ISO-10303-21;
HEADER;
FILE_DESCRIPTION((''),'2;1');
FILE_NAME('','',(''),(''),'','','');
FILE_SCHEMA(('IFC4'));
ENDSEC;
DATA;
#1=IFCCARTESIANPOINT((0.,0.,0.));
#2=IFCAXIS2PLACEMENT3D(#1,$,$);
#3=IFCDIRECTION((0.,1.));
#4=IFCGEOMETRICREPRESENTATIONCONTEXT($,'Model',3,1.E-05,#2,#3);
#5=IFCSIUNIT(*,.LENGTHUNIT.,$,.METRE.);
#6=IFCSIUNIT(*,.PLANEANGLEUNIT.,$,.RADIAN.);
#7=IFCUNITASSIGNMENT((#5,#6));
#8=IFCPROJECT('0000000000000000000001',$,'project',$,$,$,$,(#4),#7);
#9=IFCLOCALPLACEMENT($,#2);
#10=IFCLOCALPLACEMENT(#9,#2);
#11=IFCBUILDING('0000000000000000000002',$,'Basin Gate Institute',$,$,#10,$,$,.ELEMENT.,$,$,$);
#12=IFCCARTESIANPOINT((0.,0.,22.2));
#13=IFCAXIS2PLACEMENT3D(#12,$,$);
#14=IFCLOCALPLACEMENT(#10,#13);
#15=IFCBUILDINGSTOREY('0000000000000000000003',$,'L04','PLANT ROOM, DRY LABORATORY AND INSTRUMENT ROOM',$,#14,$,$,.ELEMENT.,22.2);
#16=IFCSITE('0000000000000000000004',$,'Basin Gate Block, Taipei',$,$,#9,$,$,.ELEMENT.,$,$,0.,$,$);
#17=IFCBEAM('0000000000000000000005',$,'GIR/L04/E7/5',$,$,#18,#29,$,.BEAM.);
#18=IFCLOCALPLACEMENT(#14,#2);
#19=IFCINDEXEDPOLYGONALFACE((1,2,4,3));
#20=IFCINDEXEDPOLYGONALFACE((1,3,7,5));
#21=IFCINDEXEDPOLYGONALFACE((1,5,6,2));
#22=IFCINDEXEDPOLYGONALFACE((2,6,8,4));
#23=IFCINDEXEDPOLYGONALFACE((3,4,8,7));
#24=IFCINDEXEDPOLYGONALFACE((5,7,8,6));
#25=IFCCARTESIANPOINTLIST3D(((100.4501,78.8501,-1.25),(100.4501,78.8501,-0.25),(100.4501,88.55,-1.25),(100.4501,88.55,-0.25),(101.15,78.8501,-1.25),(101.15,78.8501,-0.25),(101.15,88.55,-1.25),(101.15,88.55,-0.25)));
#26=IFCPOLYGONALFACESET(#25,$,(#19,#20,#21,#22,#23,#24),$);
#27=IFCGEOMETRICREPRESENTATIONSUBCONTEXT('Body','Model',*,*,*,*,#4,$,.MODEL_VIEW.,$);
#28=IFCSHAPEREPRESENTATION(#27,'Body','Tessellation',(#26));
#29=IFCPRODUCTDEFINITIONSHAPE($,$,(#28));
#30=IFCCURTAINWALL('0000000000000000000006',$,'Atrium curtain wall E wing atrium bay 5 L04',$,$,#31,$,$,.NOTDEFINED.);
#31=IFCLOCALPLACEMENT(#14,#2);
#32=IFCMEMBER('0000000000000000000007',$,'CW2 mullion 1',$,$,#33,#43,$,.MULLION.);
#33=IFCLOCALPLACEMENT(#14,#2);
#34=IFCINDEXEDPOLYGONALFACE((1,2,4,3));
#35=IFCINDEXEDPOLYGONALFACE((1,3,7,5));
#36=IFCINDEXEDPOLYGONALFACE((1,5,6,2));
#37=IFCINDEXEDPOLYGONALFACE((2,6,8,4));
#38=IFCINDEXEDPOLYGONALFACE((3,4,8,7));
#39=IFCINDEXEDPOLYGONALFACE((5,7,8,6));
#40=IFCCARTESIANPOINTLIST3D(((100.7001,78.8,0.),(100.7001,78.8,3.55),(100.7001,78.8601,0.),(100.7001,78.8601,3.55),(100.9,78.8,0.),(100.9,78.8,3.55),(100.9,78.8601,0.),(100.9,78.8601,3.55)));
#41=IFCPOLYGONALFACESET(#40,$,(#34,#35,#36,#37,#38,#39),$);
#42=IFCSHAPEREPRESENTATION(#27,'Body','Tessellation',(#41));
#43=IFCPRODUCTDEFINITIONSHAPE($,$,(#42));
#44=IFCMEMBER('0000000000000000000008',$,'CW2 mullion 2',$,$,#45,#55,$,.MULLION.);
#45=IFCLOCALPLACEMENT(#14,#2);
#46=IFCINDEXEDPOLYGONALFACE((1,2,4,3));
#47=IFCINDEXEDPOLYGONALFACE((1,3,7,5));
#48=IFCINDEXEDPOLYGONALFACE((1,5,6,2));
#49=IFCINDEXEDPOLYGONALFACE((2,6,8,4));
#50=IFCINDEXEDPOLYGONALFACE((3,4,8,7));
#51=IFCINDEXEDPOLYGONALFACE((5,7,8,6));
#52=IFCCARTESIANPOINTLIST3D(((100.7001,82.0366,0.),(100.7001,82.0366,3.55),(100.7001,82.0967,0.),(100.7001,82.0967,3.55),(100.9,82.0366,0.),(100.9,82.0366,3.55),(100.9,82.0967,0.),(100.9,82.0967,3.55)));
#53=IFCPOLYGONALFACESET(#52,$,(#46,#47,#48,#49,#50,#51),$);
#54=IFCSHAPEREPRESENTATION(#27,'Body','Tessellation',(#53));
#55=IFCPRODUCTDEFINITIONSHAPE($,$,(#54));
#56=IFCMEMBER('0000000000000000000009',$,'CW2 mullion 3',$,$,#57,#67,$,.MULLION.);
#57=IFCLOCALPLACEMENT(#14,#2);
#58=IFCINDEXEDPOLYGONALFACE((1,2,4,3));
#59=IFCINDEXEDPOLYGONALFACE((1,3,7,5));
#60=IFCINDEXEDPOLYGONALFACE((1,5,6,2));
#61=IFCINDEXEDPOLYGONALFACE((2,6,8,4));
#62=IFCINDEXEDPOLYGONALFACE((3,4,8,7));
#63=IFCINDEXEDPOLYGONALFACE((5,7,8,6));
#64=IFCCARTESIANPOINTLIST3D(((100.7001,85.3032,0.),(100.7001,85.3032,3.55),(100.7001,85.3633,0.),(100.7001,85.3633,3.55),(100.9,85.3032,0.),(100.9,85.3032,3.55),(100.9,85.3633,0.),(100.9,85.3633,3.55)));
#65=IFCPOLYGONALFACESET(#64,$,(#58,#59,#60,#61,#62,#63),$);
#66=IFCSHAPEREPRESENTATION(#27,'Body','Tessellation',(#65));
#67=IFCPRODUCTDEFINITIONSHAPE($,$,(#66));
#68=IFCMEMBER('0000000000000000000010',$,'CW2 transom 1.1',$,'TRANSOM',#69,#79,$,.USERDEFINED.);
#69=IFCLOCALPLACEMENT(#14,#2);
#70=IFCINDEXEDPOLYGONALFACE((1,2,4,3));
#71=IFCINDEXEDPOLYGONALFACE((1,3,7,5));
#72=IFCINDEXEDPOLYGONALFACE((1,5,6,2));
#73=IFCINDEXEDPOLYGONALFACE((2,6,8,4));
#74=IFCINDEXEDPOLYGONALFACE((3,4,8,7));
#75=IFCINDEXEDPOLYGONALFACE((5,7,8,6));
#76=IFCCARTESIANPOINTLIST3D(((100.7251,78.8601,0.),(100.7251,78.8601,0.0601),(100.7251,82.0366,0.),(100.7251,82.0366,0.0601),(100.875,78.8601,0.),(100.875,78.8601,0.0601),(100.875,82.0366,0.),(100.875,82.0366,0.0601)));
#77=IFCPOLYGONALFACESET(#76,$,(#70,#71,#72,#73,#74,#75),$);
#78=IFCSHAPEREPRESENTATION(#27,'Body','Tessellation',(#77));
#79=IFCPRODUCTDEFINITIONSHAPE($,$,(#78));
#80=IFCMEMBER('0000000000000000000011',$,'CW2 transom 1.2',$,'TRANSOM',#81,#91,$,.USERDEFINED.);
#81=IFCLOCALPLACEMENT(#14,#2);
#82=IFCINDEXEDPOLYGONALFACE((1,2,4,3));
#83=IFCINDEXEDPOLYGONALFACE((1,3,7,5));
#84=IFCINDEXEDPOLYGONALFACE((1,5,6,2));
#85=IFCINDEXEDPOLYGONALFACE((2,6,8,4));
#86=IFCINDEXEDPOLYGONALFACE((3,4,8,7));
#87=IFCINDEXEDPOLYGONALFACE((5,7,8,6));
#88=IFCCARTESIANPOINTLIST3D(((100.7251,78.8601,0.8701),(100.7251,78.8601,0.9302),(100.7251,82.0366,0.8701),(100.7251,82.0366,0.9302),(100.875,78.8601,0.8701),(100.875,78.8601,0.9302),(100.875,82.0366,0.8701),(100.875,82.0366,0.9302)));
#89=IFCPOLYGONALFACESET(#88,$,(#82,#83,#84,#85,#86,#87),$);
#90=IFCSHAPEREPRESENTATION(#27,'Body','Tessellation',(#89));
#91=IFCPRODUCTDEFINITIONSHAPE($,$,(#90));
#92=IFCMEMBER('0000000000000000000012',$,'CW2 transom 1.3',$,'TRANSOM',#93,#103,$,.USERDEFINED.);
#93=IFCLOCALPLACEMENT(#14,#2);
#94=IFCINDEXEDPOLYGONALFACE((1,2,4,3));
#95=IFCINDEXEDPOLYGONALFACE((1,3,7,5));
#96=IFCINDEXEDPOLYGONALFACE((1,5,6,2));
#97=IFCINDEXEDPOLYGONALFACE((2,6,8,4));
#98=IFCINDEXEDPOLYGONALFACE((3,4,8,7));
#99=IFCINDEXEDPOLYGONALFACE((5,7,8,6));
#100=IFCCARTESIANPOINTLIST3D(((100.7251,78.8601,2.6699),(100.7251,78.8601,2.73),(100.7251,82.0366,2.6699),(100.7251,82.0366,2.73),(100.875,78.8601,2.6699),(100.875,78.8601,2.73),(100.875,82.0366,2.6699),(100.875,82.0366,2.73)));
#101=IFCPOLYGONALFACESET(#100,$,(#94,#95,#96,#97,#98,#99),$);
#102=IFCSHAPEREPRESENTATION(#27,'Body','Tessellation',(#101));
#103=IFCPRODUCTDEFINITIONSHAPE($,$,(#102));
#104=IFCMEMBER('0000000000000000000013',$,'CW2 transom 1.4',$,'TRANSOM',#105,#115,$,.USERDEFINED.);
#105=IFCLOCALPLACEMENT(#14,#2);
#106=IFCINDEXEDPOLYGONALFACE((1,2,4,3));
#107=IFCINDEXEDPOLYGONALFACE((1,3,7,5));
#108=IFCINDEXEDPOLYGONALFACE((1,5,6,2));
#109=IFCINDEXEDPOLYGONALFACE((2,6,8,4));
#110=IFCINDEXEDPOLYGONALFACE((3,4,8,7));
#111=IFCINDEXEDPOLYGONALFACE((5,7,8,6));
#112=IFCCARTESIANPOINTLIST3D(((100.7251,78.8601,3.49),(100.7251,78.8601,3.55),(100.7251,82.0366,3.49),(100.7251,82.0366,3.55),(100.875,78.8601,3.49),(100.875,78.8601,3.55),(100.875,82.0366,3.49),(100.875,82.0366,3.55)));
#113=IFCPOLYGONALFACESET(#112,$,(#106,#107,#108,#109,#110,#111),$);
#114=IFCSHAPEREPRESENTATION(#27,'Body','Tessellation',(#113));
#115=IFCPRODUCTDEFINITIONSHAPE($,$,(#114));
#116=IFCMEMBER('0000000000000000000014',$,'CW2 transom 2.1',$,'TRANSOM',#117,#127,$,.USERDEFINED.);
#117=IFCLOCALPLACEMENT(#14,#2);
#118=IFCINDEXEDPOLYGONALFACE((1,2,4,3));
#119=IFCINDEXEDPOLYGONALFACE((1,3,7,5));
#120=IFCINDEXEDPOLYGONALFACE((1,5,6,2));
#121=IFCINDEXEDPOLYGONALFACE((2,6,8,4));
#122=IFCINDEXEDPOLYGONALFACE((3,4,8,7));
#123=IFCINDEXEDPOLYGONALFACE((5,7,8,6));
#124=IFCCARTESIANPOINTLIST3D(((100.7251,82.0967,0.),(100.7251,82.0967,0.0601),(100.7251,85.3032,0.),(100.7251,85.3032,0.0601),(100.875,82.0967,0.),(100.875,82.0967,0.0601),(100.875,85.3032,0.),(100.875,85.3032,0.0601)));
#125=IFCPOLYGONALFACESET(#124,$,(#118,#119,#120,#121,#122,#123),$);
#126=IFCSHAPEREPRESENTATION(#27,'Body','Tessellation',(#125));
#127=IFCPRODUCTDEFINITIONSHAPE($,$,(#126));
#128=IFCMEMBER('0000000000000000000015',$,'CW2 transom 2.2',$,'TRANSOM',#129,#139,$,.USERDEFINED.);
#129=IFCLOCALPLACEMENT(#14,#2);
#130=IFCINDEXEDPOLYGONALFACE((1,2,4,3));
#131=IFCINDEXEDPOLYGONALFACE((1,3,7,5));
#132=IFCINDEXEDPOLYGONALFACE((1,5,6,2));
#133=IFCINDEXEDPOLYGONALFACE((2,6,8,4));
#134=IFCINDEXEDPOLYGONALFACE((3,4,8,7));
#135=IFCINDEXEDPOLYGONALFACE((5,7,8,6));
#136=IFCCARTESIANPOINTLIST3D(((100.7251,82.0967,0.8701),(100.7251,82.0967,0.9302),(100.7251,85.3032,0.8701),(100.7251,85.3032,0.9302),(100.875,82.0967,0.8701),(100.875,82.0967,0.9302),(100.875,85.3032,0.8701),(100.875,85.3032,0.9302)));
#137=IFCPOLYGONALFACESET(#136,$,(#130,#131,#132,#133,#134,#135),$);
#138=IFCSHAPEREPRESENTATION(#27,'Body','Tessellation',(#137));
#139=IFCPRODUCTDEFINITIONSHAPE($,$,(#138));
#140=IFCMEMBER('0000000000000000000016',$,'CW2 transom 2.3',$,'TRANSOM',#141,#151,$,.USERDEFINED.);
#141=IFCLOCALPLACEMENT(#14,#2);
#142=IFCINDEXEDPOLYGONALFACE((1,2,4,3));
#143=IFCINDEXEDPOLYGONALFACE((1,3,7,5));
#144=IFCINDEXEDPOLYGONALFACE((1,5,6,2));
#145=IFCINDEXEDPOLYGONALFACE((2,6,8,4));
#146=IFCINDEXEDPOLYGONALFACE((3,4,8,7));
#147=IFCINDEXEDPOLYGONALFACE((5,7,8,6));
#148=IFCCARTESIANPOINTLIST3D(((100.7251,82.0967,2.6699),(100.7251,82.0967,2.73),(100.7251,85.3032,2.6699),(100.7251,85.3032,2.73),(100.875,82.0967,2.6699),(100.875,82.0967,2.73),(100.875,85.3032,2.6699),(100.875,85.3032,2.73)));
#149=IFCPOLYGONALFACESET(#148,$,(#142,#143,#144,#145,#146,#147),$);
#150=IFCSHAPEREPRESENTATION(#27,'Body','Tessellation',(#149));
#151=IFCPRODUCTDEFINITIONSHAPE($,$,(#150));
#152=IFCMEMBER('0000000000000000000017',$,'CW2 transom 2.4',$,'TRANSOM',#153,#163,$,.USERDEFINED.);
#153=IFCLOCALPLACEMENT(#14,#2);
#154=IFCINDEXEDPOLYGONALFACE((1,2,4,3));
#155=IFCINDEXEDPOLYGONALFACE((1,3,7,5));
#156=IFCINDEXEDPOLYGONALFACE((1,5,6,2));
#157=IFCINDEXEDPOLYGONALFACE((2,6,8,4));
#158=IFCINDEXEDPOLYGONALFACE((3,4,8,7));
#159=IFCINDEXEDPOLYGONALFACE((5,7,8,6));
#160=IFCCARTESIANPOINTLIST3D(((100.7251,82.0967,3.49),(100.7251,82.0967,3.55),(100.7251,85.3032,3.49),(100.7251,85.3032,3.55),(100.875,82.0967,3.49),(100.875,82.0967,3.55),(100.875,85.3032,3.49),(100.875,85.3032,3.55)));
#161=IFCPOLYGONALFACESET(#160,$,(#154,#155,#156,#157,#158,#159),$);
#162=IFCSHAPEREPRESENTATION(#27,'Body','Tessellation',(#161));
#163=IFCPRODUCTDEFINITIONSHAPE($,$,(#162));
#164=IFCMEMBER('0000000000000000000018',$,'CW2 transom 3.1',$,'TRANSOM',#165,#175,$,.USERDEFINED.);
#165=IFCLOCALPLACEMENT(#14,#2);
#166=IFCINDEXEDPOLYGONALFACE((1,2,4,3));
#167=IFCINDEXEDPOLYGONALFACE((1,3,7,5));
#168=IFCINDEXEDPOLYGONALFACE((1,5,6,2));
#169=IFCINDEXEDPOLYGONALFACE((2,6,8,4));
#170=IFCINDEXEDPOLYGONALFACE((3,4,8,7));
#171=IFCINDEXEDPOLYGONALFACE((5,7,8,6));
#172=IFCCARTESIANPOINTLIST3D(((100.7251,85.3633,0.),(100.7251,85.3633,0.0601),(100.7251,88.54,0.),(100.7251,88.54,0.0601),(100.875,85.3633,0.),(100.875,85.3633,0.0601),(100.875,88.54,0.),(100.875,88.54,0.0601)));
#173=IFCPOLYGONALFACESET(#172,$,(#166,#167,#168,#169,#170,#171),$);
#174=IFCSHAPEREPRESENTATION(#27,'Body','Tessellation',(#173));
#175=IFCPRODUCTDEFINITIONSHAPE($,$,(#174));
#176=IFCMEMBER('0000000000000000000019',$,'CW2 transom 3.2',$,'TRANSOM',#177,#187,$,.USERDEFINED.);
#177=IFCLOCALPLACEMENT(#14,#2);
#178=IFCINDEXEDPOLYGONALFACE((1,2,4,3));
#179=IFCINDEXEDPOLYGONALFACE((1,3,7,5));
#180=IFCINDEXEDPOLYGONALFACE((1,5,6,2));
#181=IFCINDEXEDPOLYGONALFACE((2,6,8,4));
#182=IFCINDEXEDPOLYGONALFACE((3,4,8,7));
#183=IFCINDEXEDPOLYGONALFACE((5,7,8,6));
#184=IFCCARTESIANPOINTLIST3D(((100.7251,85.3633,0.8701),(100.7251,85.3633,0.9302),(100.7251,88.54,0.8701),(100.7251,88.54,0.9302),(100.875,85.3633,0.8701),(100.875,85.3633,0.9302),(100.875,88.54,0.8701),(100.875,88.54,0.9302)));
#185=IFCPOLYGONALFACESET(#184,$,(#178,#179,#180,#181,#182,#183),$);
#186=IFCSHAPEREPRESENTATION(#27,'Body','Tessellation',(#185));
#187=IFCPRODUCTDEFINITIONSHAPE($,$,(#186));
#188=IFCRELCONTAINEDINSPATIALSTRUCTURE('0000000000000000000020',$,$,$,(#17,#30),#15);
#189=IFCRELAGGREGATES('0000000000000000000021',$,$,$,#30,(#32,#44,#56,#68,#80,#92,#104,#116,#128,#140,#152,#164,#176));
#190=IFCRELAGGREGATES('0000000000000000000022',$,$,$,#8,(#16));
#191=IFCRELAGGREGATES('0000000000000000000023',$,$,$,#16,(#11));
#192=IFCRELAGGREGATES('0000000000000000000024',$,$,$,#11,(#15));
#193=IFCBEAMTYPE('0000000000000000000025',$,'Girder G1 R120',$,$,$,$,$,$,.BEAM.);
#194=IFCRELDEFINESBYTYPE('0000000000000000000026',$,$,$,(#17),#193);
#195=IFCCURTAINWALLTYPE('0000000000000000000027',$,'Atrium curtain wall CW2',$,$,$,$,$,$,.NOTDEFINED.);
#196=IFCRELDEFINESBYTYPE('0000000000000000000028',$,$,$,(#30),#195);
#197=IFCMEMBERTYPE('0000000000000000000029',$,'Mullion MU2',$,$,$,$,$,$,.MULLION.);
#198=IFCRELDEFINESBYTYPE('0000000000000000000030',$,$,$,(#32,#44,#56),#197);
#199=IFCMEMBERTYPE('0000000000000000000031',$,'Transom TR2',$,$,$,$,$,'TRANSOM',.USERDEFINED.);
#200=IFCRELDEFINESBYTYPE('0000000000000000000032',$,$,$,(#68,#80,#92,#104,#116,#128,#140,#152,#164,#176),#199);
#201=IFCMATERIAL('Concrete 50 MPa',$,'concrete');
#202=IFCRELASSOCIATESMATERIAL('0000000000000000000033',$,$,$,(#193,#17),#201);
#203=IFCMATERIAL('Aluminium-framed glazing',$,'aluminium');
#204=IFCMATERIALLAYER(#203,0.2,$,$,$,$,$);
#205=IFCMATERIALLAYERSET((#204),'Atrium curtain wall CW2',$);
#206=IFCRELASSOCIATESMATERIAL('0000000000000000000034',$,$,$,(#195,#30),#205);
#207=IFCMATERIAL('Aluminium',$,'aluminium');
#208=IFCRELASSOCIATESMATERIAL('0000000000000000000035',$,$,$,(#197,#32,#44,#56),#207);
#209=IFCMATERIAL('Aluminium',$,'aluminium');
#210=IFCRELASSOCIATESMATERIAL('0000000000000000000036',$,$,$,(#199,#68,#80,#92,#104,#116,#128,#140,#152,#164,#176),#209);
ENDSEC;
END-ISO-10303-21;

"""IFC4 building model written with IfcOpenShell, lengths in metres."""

from ifc_helpers import new_model, si_unit, direction, frame, origin, origin_2d, place, context, subcontext, project, spatial, rectangle, extrude, material, layer, layer_set, material_profile, profile_set, type_object, element, aggregate, save


model = new_model("IFC4")

# Units and contexts
model_context = context("Model", 3, precision=1e-05, world=origin(), true_north=direction((0.0, 1.0)))
body_context = subcontext(model_context, "Body", "Model", "MODEL_VIEW")
ifc_project = project(units=[si_unit("LENGTHUNIT", "METRE"), si_unit("PLANEANGLEUNIT", "RADIAN")], contexts=[model_context])

# Site, building, storey
site_placement = place(None, origin())
site = spatial("IfcSite", under=ifc_project, at=site_placement, Name="Basin Gate Block, Taipei", CompositionType="ELEMENT", RefElevation=0.0)
building_placement = place(site_placement, origin())
building = spatial("IfcBuilding", under=site, at=building_placement, Name="Basin Gate Institute", CompositionType="ELEMENT")
storey_placement = place(building_placement, frame((0.0, 0.0, 22.2)))
storey = spatial("IfcBuildingStorey", under=building, at=storey_placement, Name="L04", Description="PLANT ROOM, DRY LABORATORY AND INSTRUMENT ROOM", CompositionType="ELEMENT", Elevation=22.2)

# Beam
ifc_material_1 = material(Name="Concrete 50 MPa", Category="concrete")
ifc_material_profile_1 = material_profile(ifc_material_1, rectangle(XDim=0.7, YDim=1.0, at=origin_2d()), Name="Girder G1 700 x 1000")
ifc_profile_set_1 = profile_set([ifc_material_profile_1], Name="Concrete 50 MPa")
beam_type = type_object("IfcBeamType", Name="Girder G1 R120", PredefinedType="BEAM", material=ifc_profile_set_1)
beam_placement = place(storey_placement, frame((100.8, 78.8501, -0.75), z_axis=(0.0, 1.0, 0.0), x_axis=(-1.0, 0.0, 0.0)))
element("IfcBeam", 1, at=beam_placement, inside=storey, type_object=beam_type, material=ifc_profile_set_1, Name="GIR/L04/E7/5", PredefinedType="BEAM", context=body_context, shape_type="SweptSolid", body=[
    extrude(rectangle(XDim=0.7, YDim=1.0, at=origin_2d()), origin(), (0.0, 0.0, 1.0), 9.7),
])

# Curtain wall, members
ifc_material_2 = material(Name="Aluminium-framed glazing", Category="aluminium")
ifc_layer_1 = layer(ifc_material_2, 0.2)
ifc_layer_set_1 = layer_set([ifc_layer_1], Name="Atrium curtain wall CW2")
curtain_wall_type = type_object("IfcCurtainWallType", Name="Atrium curtain wall CW2", PredefinedType="NOTDEFINED", material=ifc_layer_set_1)
curtain_wall_placement = place(storey_placement, origin())
curtain_wall = element("IfcCurtainWall", 2, at=curtain_wall_placement, inside=storey, type_object=curtain_wall_type, material=ifc_layer_set_1, Name="Atrium curtain wall E wing atrium bay 5 L04", PredefinedType="NOTDEFINED")
ifc_material_3 = material(Name="Aluminium", Category="aluminium")
ifc_material_profile_2 = material_profile(ifc_material_3, rectangle(XDim=0.2, YDim=0.0601, at=origin_2d()), Name="Mullion MU2 200 x 60")
ifc_profile_set_2 = profile_set([ifc_material_profile_2], Name="Aluminium")
member_type_1 = type_object("IfcMemberType", Name="Mullion MU2", PredefinedType="MULLION", material=ifc_profile_set_2)
member_1_placement = place(storey_placement, frame((100.8, 78.8301, 0.0), z_axis=(0.0, 0.0, 1.0), x_axis=(-1.0, 0.0, 0.0)))
member_1 = element("IfcMember", 3, at=member_1_placement, type_object=member_type_1, material=ifc_profile_set_2, Name="CW2 mullion 1", PredefinedType="MULLION", context=body_context, shape_type="SweptSolid", body=[
    extrude(rectangle(XDim=0.2, YDim=0.0601, at=origin_2d()), origin(), (0.0, 0.0, 1.0), 3.55),
])
member_2_placement = place(storey_placement, frame((100.8, 82.0667, 0.0), z_axis=(0.0, 0.0, 1.0), x_axis=(-1.0, 0.0, 0.0)))
member_2 = element("IfcMember", 4, at=member_2_placement, type_object=member_type_1, material=ifc_profile_set_2, Name="CW2 mullion 2", PredefinedType="MULLION", context=body_context, shape_type="SweptSolid", body=[
    extrude(rectangle(XDim=0.2, YDim=0.0601, at=origin_2d()), origin(), (0.0, 0.0, 1.0), 3.55),
])
member_3_placement = place(storey_placement, frame((100.8, 85.3333, 0.0), z_axis=(0.0, 0.0, 1.0), x_axis=(-1.0, 0.0, 0.0)))
member_3 = element("IfcMember", 5, at=member_3_placement, type_object=member_type_1, material=ifc_profile_set_2, Name="CW2 mullion 3", PredefinedType="MULLION", context=body_context, shape_type="SweptSolid", body=[
    extrude(rectangle(XDim=0.2, YDim=0.0601, at=origin_2d()), origin(), (0.0, 0.0, 1.0), 3.55),
])
ifc_material_4 = material(Name="Aluminium", Category="aluminium")
ifc_material_profile_3 = material_profile(ifc_material_4, rectangle(XDim=0.1499, YDim=0.0601, at=origin_2d()), Name="Transom TR2 150 x 60")
ifc_profile_set_3 = profile_set([ifc_material_profile_3], Name="Aluminium")
member_type_2 = type_object("IfcMemberType", Name="Transom TR2", ElementType="TRANSOM", PredefinedType="USERDEFINED", material=ifc_profile_set_3)
member_4_placement = place(storey_placement, frame((100.8, 78.8601, 0.03), z_axis=(0.0, 1.0, 0.0), x_axis=(-1.0, 0.0, 0.0)))
member_4 = element("IfcMember", 6, at=member_4_placement, type_object=member_type_2, material=ifc_profile_set_3, Name="CW2 transom 1.1", ObjectType="TRANSOM", PredefinedType="USERDEFINED", context=body_context, shape_type="SweptSolid", body=[
    extrude(rectangle(XDim=0.1499, YDim=0.0601, at=origin_2d()), origin(), (0.0, 0.0, 1.0), 3.1765),
])
member_5_placement = place(storey_placement, frame((100.8, 78.8601, 0.9001), z_axis=(0.0, 1.0, 0.0), x_axis=(-1.0, 0.0, 0.0)))
member_5 = element("IfcMember", 7, at=member_5_placement, type_object=member_type_2, material=ifc_profile_set_3, Name="CW2 transom 1.2", ObjectType="TRANSOM", PredefinedType="USERDEFINED", context=body_context, shape_type="SweptSolid", body=[
    extrude(rectangle(XDim=0.1499, YDim=0.0601, at=origin_2d()), origin(), (0.0, 0.0, 1.0), 3.1765),
])
member_6_placement = place(storey_placement, frame((100.8, 78.8601, 2.7), z_axis=(0.0, 1.0, 0.0), x_axis=(-1.0, 0.0, 0.0)))
member_6 = element("IfcMember", 8, at=member_6_placement, type_object=member_type_2, material=ifc_profile_set_3, Name="CW2 transom 1.3", ObjectType="TRANSOM", PredefinedType="USERDEFINED", context=body_context, shape_type="SweptSolid", body=[
    extrude(rectangle(XDim=0.1499, YDim=0.0601, at=origin_2d()), origin(), (0.0, 0.0, 1.0), 3.1765),
])
member_7_placement = place(storey_placement, frame((100.8, 78.8601, 3.52), z_axis=(0.0, 1.0, 0.0), x_axis=(-1.0, 0.0, 0.0)))
member_7 = element("IfcMember", 9, at=member_7_placement, type_object=member_type_2, material=ifc_profile_set_3, Name="CW2 transom 1.4", ObjectType="TRANSOM", PredefinedType="USERDEFINED", context=body_context, shape_type="SweptSolid", body=[
    extrude(rectangle(XDim=0.1499, YDim=0.0601, at=origin_2d()), origin(), (0.0, 0.0, 1.0), 3.1765),
])
member_8_placement = place(storey_placement, frame((100.8, 82.0967, 0.03), z_axis=(0.0, 1.0, 0.0), x_axis=(-1.0, 0.0, 0.0)))
member_8 = element("IfcMember", 10, at=member_8_placement, type_object=member_type_2, material=ifc_profile_set_3, Name="CW2 transom 2.1", ObjectType="TRANSOM", PredefinedType="USERDEFINED", context=body_context, shape_type="SweptSolid", body=[
    extrude(rectangle(XDim=0.1499, YDim=0.0601, at=origin_2d()), origin(), (0.0, 0.0, 1.0), 3.2065),
])
member_9_placement = place(storey_placement, frame((100.8, 82.0967, 0.9001), z_axis=(0.0, 1.0, 0.0), x_axis=(-1.0, 0.0, 0.0)))
member_9 = element("IfcMember", 11, at=member_9_placement, type_object=member_type_2, material=ifc_profile_set_3, Name="CW2 transom 2.2", ObjectType="TRANSOM", PredefinedType="USERDEFINED", context=body_context, shape_type="SweptSolid", body=[
    extrude(rectangle(XDim=0.1499, YDim=0.0601, at=origin_2d()), origin(), (0.0, 0.0, 1.0), 3.2065),
])
member_10_placement = place(storey_placement, frame((100.8, 82.0967, 2.7), z_axis=(0.0, 1.0, 0.0), x_axis=(-1.0, 0.0, 0.0)))
member_10 = element("IfcMember", 12, at=member_10_placement, type_object=member_type_2, material=ifc_profile_set_3, Name="CW2 transom 2.3", ObjectType="TRANSOM", PredefinedType="USERDEFINED", context=body_context, shape_type="SweptSolid", body=[
    extrude(rectangle(XDim=0.1499, YDim=0.0601, at=origin_2d()), origin(), (0.0, 0.0, 1.0), 3.2065),
])
member_11_placement = place(storey_placement, frame((100.8, 82.0967, 3.52), z_axis=(0.0, 1.0, 0.0), x_axis=(-1.0, 0.0, 0.0)))
member_11 = element("IfcMember", 13, at=member_11_placement, type_object=member_type_2, material=ifc_profile_set_3, Name="CW2 transom 2.4", ObjectType="TRANSOM", PredefinedType="USERDEFINED", context=body_context, shape_type="SweptSolid", body=[
    extrude(rectangle(XDim=0.1499, YDim=0.0601, at=origin_2d()), origin(), (0.0, 0.0, 1.0), 3.2065),
])
member_12_placement = place(storey_placement, frame((100.8, 85.3633, 0.03), z_axis=(0.0, 1.0, 0.0), x_axis=(-1.0, 0.0, 0.0)))
member_12 = element("IfcMember", 14, at=member_12_placement, type_object=member_type_2, material=ifc_profile_set_3, Name="CW2 transom 3.1", ObjectType="TRANSOM", PredefinedType="USERDEFINED", context=body_context, shape_type="SweptSolid", body=[
    extrude(rectangle(XDim=0.1499, YDim=0.0601, at=origin_2d()), origin(), (0.0, 0.0, 1.0), 3.1768),
])
member_13_placement = place(storey_placement, frame((100.8, 85.3633, 0.9001), z_axis=(0.0, 1.0, 0.0), x_axis=(-1.0, 0.0, 0.0)))
member_13 = element("IfcMember", 15, at=member_13_placement, type_object=member_type_2, material=ifc_profile_set_3, Name="CW2 transom 3.2", ObjectType="TRANSOM", PredefinedType="USERDEFINED", context=body_context, shape_type="SweptSolid", body=[
    extrude(rectangle(XDim=0.1499, YDim=0.0601, at=origin_2d()), origin(), (0.0, 0.0, 1.0), 3.1768),
])
aggregate(curtain_wall, [member_1, member_2, member_3, member_4, member_5, member_6, member_7, member_8, member_9, member_10, member_11, member_12, member_13])

save(model, "model.ifc")
